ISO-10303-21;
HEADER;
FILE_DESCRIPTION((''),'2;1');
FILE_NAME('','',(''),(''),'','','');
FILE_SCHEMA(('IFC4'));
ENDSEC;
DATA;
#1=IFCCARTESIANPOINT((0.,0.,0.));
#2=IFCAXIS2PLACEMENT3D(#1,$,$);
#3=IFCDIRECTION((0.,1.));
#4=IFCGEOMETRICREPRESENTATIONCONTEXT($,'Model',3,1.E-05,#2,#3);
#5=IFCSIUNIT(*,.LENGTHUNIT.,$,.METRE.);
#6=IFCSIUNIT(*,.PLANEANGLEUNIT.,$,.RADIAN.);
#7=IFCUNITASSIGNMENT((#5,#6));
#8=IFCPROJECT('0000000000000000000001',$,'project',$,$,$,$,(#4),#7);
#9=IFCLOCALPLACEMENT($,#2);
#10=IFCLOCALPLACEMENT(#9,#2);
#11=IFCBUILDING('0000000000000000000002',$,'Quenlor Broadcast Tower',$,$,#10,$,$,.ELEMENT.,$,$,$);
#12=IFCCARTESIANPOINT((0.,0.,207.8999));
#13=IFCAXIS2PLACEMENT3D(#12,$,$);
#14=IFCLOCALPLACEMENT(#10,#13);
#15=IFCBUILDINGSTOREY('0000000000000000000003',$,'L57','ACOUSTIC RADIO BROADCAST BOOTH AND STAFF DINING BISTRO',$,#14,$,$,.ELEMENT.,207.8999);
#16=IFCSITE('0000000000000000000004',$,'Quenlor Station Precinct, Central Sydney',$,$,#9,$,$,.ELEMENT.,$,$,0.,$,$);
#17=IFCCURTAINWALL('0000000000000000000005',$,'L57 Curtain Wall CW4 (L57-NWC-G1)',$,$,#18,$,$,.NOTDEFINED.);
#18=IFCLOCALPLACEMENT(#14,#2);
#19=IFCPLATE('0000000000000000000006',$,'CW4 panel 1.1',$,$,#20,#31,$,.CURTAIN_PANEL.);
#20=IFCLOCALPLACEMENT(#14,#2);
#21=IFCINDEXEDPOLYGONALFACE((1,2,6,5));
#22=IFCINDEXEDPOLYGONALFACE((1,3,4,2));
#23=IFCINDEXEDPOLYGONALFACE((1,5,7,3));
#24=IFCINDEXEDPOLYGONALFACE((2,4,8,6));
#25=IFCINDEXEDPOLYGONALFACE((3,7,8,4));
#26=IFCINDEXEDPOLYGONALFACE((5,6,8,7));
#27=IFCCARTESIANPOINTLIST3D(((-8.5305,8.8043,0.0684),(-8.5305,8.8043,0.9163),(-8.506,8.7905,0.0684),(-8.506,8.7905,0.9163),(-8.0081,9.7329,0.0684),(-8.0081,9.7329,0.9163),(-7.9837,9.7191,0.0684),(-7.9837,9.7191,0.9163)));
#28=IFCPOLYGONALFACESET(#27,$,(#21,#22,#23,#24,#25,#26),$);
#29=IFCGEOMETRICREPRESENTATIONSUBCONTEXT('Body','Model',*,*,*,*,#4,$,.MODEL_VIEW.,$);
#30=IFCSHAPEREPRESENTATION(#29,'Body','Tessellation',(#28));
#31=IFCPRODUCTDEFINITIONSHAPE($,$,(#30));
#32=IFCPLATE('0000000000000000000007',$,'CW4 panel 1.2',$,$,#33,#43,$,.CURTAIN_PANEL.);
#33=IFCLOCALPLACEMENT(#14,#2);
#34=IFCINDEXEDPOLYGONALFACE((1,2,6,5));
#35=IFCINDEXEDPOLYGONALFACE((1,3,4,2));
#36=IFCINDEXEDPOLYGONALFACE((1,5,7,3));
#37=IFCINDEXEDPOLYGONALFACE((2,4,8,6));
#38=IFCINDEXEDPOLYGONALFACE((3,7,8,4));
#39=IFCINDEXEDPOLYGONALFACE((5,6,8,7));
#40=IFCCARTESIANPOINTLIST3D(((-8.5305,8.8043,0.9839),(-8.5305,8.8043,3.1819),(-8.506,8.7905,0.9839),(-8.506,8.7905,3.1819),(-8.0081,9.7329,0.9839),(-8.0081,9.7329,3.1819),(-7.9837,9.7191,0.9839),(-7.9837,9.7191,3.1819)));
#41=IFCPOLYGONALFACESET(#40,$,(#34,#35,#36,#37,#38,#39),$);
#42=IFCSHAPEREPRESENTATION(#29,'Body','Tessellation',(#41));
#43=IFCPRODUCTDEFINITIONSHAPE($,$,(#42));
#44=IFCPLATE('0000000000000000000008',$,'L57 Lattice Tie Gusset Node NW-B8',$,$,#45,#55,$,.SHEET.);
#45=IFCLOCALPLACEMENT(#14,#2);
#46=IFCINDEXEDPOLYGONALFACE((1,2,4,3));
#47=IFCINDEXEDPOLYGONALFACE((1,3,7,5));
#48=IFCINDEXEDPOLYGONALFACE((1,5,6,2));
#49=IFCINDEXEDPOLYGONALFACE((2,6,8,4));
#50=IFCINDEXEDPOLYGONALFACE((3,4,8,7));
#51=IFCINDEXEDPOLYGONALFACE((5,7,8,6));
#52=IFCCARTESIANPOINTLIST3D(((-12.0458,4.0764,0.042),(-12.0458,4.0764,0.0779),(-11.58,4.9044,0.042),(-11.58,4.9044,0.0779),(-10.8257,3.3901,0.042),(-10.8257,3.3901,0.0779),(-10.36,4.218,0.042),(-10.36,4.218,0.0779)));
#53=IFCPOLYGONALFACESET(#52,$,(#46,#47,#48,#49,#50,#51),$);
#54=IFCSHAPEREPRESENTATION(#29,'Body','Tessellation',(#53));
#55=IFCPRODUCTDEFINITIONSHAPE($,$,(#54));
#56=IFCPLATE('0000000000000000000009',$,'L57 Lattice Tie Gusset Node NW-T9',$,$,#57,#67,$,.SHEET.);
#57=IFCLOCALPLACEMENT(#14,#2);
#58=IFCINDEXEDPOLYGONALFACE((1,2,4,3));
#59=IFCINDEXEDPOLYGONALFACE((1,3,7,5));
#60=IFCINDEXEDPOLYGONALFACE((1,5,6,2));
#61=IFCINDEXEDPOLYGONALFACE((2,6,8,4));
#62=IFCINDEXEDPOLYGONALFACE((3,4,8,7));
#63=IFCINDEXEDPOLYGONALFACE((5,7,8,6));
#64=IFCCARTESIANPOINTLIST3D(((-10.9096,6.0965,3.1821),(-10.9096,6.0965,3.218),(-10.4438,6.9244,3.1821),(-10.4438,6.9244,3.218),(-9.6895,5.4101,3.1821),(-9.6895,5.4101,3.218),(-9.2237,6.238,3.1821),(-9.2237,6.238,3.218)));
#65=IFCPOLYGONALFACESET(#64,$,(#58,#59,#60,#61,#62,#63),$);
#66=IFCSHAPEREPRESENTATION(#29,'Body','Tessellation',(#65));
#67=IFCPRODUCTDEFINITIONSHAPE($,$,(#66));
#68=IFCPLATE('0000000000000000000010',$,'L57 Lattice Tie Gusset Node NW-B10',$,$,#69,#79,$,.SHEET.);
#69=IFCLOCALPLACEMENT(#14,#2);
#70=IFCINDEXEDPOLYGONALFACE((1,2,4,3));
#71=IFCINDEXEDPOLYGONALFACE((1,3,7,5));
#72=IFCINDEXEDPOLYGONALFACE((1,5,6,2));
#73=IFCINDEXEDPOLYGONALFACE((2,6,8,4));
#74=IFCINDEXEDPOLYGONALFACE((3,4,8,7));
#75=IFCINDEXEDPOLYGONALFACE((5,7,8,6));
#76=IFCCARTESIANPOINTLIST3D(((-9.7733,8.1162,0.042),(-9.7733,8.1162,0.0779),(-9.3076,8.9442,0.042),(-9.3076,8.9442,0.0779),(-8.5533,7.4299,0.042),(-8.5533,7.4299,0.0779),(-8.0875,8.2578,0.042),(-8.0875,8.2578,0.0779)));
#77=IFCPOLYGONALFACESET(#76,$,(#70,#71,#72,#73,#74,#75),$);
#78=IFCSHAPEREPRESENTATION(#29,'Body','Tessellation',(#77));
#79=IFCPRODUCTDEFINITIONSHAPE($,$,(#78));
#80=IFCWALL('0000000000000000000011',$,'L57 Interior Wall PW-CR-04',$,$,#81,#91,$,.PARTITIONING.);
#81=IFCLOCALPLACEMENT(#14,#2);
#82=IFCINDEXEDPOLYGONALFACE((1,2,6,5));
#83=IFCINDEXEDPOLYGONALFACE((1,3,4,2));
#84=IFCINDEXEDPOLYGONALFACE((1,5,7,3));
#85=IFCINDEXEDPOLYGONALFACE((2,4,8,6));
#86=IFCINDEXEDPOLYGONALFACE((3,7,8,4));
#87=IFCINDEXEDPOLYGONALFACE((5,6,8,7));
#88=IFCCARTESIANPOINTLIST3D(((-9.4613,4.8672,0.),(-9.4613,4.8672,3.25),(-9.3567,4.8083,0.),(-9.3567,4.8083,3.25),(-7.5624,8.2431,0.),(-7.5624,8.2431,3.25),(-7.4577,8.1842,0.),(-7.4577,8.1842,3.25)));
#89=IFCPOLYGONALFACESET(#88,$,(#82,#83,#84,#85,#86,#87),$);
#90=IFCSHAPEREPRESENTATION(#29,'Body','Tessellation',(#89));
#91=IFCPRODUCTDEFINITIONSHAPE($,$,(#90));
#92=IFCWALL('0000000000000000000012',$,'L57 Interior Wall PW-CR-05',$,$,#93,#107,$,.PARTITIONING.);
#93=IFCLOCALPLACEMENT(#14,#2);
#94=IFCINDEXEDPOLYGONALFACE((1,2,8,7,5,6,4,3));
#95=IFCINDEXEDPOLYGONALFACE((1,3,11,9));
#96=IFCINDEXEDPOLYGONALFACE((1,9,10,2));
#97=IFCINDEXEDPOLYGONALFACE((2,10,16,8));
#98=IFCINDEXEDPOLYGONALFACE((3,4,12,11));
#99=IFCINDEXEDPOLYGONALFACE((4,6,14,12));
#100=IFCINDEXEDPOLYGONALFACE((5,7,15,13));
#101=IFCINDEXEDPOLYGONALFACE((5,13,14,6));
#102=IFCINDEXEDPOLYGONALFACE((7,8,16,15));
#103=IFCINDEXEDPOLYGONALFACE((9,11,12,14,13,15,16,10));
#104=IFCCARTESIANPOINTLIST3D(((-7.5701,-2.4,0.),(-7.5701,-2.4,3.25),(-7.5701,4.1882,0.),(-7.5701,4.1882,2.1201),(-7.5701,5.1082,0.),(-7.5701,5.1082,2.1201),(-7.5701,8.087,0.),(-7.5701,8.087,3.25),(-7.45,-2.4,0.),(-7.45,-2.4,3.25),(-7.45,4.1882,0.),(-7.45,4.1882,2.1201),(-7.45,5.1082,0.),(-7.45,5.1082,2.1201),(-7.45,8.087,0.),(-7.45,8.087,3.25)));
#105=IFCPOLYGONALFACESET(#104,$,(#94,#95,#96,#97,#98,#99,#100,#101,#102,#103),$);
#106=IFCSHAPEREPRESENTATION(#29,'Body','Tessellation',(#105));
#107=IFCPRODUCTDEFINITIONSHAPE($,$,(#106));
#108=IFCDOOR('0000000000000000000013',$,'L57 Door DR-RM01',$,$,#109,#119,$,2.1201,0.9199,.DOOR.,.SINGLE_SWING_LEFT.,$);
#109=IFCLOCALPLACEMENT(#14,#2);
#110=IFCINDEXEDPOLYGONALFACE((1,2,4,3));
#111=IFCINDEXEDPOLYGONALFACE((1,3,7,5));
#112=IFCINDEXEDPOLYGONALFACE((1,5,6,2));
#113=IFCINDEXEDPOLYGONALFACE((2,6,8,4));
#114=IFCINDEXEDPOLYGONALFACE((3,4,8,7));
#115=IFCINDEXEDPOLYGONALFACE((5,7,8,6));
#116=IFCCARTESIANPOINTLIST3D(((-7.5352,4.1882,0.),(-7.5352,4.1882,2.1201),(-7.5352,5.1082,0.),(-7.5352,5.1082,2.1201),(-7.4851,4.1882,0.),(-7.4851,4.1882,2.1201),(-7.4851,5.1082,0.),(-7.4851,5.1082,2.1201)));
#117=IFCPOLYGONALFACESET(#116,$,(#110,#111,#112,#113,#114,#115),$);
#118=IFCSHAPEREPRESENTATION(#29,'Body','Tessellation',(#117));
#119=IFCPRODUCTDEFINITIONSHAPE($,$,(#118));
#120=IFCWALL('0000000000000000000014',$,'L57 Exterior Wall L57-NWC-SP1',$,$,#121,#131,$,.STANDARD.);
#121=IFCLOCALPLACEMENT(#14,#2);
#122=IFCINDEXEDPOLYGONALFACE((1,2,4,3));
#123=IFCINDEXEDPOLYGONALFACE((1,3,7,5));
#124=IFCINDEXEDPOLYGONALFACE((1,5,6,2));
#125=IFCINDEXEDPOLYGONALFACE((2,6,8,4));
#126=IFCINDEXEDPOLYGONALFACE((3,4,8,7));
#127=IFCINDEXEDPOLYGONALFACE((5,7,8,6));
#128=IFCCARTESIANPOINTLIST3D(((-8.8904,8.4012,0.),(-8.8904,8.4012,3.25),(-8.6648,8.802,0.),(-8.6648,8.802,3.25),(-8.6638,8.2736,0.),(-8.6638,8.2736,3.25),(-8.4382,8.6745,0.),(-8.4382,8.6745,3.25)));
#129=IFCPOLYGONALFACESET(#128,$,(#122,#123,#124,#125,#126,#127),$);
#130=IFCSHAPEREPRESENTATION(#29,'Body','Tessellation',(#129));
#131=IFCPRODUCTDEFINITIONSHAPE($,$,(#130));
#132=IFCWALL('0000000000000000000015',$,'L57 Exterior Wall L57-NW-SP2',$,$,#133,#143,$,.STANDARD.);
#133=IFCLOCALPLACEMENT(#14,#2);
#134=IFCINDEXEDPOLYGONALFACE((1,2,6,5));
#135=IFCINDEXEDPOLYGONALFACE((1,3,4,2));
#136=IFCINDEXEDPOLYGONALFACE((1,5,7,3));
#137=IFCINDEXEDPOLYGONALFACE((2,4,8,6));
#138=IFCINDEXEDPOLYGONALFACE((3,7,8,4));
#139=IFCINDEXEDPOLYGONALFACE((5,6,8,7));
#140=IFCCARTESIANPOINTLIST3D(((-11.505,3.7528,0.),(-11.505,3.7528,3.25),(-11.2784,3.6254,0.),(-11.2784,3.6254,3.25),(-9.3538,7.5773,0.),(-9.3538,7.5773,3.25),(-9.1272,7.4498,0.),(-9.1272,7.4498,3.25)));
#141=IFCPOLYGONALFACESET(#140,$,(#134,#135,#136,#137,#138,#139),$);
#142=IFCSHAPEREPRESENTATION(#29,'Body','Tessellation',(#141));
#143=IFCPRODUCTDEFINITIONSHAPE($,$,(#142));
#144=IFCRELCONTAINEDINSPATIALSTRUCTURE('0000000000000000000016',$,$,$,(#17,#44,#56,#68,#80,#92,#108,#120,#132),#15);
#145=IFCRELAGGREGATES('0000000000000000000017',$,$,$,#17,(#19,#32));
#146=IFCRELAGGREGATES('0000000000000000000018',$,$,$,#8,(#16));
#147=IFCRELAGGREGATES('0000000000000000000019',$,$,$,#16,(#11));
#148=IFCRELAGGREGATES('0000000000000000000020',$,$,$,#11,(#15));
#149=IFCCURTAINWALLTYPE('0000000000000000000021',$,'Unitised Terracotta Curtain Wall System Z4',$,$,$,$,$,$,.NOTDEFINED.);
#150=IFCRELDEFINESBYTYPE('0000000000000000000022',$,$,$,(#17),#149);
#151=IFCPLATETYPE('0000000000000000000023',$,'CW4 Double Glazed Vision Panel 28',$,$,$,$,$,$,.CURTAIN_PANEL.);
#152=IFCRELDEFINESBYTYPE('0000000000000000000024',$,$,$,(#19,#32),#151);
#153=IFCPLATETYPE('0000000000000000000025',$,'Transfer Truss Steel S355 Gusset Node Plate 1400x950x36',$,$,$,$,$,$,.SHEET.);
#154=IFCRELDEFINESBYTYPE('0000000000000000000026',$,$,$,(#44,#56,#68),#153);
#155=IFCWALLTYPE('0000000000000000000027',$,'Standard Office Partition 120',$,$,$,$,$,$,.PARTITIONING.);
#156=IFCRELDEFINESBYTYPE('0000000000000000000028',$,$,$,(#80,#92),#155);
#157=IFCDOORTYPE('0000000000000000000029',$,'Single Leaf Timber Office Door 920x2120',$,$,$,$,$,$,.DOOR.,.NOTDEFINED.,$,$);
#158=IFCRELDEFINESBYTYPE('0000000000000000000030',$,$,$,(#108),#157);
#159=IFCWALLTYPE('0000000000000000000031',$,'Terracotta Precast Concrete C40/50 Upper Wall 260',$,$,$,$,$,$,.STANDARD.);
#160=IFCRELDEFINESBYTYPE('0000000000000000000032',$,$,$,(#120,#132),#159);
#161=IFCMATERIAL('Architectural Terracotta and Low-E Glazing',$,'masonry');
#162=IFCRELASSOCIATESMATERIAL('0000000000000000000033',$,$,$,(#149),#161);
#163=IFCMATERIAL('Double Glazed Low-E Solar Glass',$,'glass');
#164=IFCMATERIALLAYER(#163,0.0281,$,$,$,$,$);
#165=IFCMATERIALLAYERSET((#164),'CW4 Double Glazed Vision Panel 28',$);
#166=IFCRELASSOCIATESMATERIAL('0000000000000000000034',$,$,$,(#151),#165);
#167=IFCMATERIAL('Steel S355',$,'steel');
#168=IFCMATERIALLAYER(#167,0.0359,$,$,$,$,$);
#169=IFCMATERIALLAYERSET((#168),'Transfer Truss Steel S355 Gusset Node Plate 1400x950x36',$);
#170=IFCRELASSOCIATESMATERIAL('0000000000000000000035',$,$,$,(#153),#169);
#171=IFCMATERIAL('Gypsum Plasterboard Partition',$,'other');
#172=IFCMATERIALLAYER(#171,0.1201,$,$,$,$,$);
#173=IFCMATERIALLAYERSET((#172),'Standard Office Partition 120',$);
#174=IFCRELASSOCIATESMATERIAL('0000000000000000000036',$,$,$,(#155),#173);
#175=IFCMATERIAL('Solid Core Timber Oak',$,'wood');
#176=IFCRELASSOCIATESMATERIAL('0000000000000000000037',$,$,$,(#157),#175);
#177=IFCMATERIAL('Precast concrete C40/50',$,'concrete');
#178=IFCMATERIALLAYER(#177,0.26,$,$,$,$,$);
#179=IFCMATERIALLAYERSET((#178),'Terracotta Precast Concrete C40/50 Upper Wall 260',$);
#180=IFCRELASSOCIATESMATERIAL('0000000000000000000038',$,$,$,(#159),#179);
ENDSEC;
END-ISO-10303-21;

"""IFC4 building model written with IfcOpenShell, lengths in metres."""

from ifc_helpers import new_model, si_unit, direction, frame, frame_2d, origin, origin_2d, place, context, subcontext, project, spatial, rectangle, extrude, material, layer, layer_set, type_object, element, fill, aggregate, save


model = new_model("IFC4")

# Units and contexts
model_context = context("Model", 3, precision=1e-05, world=origin(), true_north=direction((0.0, 1.0)))
body_context = subcontext(model_context, "Body", "Model", "MODEL_VIEW")
ifc_project = project(units=[si_unit("LENGTHUNIT", "METRE"), si_unit("PLANEANGLEUNIT", "RADIAN")], contexts=[model_context])

# Site, building, storey
site_placement = place(None, origin())
site = spatial("IfcSite", under=ifc_project, at=site_placement, Name="Quenlor Station Precinct, Central Sydney", CompositionType="ELEMENT", RefElevation=0.0)
building_placement = place(site_placement, origin())
building = spatial("IfcBuilding", under=site, at=building_placement, Name="Quenlor Broadcast Tower", CompositionType="ELEMENT")
storey_placement = place(building_placement, frame((0.0, 0.0, 207.8999)))
storey = spatial("IfcBuildingStorey", under=building, at=storey_placement, Name="L57", Description="ACOUSTIC RADIO BROADCAST BOOTH AND STAFF DINING BISTRO", CompositionType="ELEMENT", Elevation=207.8999)

# Curtain wall
ifc_material_1 = material(Name="Architectural Terracotta and Low-E Glazing", Category="masonry")
curtain_wall_type = type_object("IfcCurtainWallType", Name="Unitised Terracotta Curtain Wall System Z4", PredefinedType="NOTDEFINED", material=ifc_material_1)
curtain_wall_1_placement = place(storey_placement, origin())
curtain_wall_1 = element("IfcCurtainWall", 1, at=curtain_wall_1_placement, inside=storey, type_object=curtain_wall_type, Name="L57 Curtain Wall CW4 (L57-NWC-G1)", PredefinedType="NOTDEFINED")

# Plates
ifc_material_2 = material(Name="Double Glazed Low-E Solar Glass", Category="glass")
ifc_layer_1 = layer(ifc_material_2, 0.0281)
ifc_layer_set_1 = layer_set([ifc_layer_1], Name="CW4 Double Glazed Vision Panel 28")
plate_type_1 = type_object("IfcPlateType", Name="CW4 Double Glazed Vision Panel 28", PredefinedType="CURTAIN_PANEL", material=ifc_layer_set_1)
plate_1_placement = place(storey_placement, frame((-8.2571, 9.2617, 0.0684), z_axis=(0.0, 0.0, 1.0), x_axis=(0.490293, 0.871558, 0.0)))
plate_1 = element("IfcPlate", 2, at=plate_1_placement, type_object=plate_type_1, Name="CW4 panel 1.1", PredefinedType="CURTAIN_PANEL", context=body_context, shape_type="SweptSolid", body=[
    extrude(rectangle(XDim=1.0654, YDim=0.0281, at=origin_2d()), origin(), (0.0, 0.0, 1.0), 0.8479),
])
plate_2_placement = place(storey_placement, frame((-8.2571, 9.2617, 0.9839), z_axis=(0.0, 0.0, 1.0), x_axis=(0.490293, 0.871558, 0.0)))
plate_2 = element("IfcPlate", 3, at=plate_2_placement, type_object=plate_type_1, Name="CW4 panel 1.2", PredefinedType="CURTAIN_PANEL", context=body_context, shape_type="SweptSolid", body=[
    extrude(rectangle(XDim=1.0654, YDim=0.0281, at=origin_2d()), origin(), (0.0, 0.0, 1.0), 2.198),
])
aggregate(curtain_wall_1, [plate_1, plate_2])

# Plates
ifc_material_3 = material(Name="Steel S355", Category="steel")
ifc_layer_2 = layer(ifc_material_3, 0.0359)
ifc_layer_set_2 = layer_set([ifc_layer_2], Name="Transfer Truss Steel S355 Gusset Node Plate 1400x950x36")
plate_type_2 = type_object("IfcPlateType", Name="Transfer Truss Steel S355 Gusset Node Plate 1400x950x36", PredefinedType="SHEET", material=ifc_layer_set_2)
for number, where, z_axis, x_axis, name in (
    (4, (-11.2029, 4.1472, 0.042), (0.0, 0.0, 1.0), (-0.871556, 0.490295, 0.0), "L57 Lattice Tie Gusset Node NW-B8"),
    (5, (-10.0667, 6.1672, 3.1821), (0.0, 0.0, 1.0), (-0.871556, 0.490295, 0.0), "L57 Lattice Tie Gusset Node NW-T9"),
    (6, (-8.9304, 8.187, 0.042), (0.0, 0.0, 1.0), (-0.871556, 0.490295, 0.0), "L57 Lattice Tie Gusset Node NW-B10"),
):
    element("IfcPlate", number, at=place(storey_placement, frame(where, z_axis=z_axis, x_axis=x_axis)), inside=storey, type_object=plate_type_2, Name=name, PredefinedType="SHEET", context=body_context, shape_type="SweptSolid", body=[
        extrude(rectangle(XDim=1.3999, YDim=0.95, at=origin_2d()), origin(), (0.0, 0.0, 1.0), 0.0359),
    ])

# Wall
ifc_material_4 = material(Name="Gypsum Plasterboard Partition", Category="other")
ifc_layer_3 = layer(ifc_material_4, 0.1201)
ifc_layer_set_3 = layer_set([ifc_layer_3], Name="Standard Office Partition 120")
wall_type_1 = type_object("IfcWallType", Name="Standard Office Partition 120", PredefinedType="PARTITIONING", material=ifc_layer_set_3)
wall_1_placement = place(storey_placement, frame((-9.4089, 4.8379, 0.0), z_axis=(0.0, 0.0, 1.0), x_axis=(0.490276, 0.871567, 0.0)))
element("IfcWall", 7, at=wall_1_placement, inside=storey, type_object=wall_type_1, Name="L57 Interior Wall PW-CR-04", PredefinedType="PARTITIONING", context=body_context, shape_type="SweptSolid", body=[
    extrude(rectangle(XDim=3.8733, YDim=0.1201, at=frame_2d((1.9365, 0.0))), origin(), (0.0, 0.0, 1.0), 3.25),
])

# Wall, opening, door
wall_2_placement = place(storey_placement, frame((-7.51, 8.0872, 0.0), z_axis=(0.0, 0.0, 1.0), x_axis=(0.0, -1.0, 0.0)))
wall_2 = element("IfcWall", 8, at=wall_2_placement, inside=storey, type_object=wall_type_1, Name="L57 Interior Wall PW-CR-05", PredefinedType="PARTITIONING", context=body_context, shape_type="SweptSolid", body=[
    extrude(rectangle(XDim=10.4871, YDim=0.1201, at=frame_2d((5.2437, 0.0))), origin(), (0.0, 0.0, 1.0), 3.25),
])
opening_placement = place(wall_2_placement, frame((2.979, 0.0, 0.0)))
opening = element("IfcOpeningElement", 9, at=opening_placement, cuts=wall_2, PredefinedType="OPENING", context=body_context, shape_type="SweptSolid", body=[
    extrude(rectangle(XDim=0.9199, YDim=2.1201, at=frame_2d((0.46, 1.0601))), frame((0.0, 0.0701, 0.0), z_axis=(0.0, -1.0, 0.0), x_axis=(1.0, 0.0, 0.0)), (0.0, 0.0, 1.0), 0.1401),
])
ifc_material_5 = material(Name="Solid Core Timber Oak", Category="wood")
door_type = type_object("IfcDoorType", Name="Single Leaf Timber Office Door 920x2120", OperationType="NOTDEFINED", PredefinedType="DOOR", material=ifc_material_5)
door_placement = place(opening_placement, origin())
door = element("IfcDoor", 10, at=door_placement, inside=storey, type_object=door_type, Name="L57 Door DR-RM01", OperationType="SINGLE_SWING_LEFT", OverallHeight=2.1201, OverallWidth=0.9199, PredefinedType="DOOR", context=body_context, shape_type="SweptSolid", body=[
    extrude(rectangle(XDim=0.9199, YDim=2.1201, at=frame_2d((0.46, 1.0601))), frame((0.0, 0.0249, 0.0), z_axis=(0.0, -1.0, 0.0), x_axis=(1.0, 0.0, 0.0)), (0.0, 0.0, 1.0), 0.05),
])
fill(opening, door)

# Walls
ifc_material_6 = material(Name="Precast concrete C40/50", Category="concrete")
ifc_layer_4 = layer(ifc_material_6, 0.26)
ifc_layer_set_4 = layer_set([ifc_layer_4], Name="Terracotta Precast Concrete C40/50 Upper Wall 260")
wall_type_2 = type_object("IfcWallType", Name="Terracotta Precast Concrete C40/50 Upper Wall 260", PredefinedType="STANDARD", material=ifc_layer_set_4)
wall_3_placement = place(storey_placement, frame((-8.7771, 8.3374, 0.0), z_axis=(0.0, 0.0, 1.0), x_axis=(0.490412, 0.87149, 0.0)))
element("IfcWall", 11, at=wall_3_placement, inside=storey, type_object=wall_type_2, Name="L57 Exterior Wall L57-NWC-SP1", PredefinedType="STANDARD", context=body_context, shape_type="SweptSolid", body=[
    extrude(rectangle(XDim=0.46, YDim=0.26, at=frame_2d((0.23, 0.0))), origin(), (0.0, 0.0, 1.0), 3.25),
])
wall_4_placement = place(storey_placement, frame((-11.3916, 3.6892, 0.0), z_axis=(0.0, 0.0, 1.0), x_axis=(0.490237, 0.871589, 0.0)))
element("IfcWall", 12, at=wall_4_placement, inside=storey, type_object=wall_type_2, Name="L57 Exterior Wall L57-NW-SP2", PredefinedType="STANDARD", context=body_context, shape_type="SweptSolid", body=[
    extrude(rectangle(XDim=4.3879, YDim=0.26, at=frame_2d((2.1938, 0.0))), origin(), (0.0, 0.0, 1.0), 3.25),
])

save(model, "model.ifc")
